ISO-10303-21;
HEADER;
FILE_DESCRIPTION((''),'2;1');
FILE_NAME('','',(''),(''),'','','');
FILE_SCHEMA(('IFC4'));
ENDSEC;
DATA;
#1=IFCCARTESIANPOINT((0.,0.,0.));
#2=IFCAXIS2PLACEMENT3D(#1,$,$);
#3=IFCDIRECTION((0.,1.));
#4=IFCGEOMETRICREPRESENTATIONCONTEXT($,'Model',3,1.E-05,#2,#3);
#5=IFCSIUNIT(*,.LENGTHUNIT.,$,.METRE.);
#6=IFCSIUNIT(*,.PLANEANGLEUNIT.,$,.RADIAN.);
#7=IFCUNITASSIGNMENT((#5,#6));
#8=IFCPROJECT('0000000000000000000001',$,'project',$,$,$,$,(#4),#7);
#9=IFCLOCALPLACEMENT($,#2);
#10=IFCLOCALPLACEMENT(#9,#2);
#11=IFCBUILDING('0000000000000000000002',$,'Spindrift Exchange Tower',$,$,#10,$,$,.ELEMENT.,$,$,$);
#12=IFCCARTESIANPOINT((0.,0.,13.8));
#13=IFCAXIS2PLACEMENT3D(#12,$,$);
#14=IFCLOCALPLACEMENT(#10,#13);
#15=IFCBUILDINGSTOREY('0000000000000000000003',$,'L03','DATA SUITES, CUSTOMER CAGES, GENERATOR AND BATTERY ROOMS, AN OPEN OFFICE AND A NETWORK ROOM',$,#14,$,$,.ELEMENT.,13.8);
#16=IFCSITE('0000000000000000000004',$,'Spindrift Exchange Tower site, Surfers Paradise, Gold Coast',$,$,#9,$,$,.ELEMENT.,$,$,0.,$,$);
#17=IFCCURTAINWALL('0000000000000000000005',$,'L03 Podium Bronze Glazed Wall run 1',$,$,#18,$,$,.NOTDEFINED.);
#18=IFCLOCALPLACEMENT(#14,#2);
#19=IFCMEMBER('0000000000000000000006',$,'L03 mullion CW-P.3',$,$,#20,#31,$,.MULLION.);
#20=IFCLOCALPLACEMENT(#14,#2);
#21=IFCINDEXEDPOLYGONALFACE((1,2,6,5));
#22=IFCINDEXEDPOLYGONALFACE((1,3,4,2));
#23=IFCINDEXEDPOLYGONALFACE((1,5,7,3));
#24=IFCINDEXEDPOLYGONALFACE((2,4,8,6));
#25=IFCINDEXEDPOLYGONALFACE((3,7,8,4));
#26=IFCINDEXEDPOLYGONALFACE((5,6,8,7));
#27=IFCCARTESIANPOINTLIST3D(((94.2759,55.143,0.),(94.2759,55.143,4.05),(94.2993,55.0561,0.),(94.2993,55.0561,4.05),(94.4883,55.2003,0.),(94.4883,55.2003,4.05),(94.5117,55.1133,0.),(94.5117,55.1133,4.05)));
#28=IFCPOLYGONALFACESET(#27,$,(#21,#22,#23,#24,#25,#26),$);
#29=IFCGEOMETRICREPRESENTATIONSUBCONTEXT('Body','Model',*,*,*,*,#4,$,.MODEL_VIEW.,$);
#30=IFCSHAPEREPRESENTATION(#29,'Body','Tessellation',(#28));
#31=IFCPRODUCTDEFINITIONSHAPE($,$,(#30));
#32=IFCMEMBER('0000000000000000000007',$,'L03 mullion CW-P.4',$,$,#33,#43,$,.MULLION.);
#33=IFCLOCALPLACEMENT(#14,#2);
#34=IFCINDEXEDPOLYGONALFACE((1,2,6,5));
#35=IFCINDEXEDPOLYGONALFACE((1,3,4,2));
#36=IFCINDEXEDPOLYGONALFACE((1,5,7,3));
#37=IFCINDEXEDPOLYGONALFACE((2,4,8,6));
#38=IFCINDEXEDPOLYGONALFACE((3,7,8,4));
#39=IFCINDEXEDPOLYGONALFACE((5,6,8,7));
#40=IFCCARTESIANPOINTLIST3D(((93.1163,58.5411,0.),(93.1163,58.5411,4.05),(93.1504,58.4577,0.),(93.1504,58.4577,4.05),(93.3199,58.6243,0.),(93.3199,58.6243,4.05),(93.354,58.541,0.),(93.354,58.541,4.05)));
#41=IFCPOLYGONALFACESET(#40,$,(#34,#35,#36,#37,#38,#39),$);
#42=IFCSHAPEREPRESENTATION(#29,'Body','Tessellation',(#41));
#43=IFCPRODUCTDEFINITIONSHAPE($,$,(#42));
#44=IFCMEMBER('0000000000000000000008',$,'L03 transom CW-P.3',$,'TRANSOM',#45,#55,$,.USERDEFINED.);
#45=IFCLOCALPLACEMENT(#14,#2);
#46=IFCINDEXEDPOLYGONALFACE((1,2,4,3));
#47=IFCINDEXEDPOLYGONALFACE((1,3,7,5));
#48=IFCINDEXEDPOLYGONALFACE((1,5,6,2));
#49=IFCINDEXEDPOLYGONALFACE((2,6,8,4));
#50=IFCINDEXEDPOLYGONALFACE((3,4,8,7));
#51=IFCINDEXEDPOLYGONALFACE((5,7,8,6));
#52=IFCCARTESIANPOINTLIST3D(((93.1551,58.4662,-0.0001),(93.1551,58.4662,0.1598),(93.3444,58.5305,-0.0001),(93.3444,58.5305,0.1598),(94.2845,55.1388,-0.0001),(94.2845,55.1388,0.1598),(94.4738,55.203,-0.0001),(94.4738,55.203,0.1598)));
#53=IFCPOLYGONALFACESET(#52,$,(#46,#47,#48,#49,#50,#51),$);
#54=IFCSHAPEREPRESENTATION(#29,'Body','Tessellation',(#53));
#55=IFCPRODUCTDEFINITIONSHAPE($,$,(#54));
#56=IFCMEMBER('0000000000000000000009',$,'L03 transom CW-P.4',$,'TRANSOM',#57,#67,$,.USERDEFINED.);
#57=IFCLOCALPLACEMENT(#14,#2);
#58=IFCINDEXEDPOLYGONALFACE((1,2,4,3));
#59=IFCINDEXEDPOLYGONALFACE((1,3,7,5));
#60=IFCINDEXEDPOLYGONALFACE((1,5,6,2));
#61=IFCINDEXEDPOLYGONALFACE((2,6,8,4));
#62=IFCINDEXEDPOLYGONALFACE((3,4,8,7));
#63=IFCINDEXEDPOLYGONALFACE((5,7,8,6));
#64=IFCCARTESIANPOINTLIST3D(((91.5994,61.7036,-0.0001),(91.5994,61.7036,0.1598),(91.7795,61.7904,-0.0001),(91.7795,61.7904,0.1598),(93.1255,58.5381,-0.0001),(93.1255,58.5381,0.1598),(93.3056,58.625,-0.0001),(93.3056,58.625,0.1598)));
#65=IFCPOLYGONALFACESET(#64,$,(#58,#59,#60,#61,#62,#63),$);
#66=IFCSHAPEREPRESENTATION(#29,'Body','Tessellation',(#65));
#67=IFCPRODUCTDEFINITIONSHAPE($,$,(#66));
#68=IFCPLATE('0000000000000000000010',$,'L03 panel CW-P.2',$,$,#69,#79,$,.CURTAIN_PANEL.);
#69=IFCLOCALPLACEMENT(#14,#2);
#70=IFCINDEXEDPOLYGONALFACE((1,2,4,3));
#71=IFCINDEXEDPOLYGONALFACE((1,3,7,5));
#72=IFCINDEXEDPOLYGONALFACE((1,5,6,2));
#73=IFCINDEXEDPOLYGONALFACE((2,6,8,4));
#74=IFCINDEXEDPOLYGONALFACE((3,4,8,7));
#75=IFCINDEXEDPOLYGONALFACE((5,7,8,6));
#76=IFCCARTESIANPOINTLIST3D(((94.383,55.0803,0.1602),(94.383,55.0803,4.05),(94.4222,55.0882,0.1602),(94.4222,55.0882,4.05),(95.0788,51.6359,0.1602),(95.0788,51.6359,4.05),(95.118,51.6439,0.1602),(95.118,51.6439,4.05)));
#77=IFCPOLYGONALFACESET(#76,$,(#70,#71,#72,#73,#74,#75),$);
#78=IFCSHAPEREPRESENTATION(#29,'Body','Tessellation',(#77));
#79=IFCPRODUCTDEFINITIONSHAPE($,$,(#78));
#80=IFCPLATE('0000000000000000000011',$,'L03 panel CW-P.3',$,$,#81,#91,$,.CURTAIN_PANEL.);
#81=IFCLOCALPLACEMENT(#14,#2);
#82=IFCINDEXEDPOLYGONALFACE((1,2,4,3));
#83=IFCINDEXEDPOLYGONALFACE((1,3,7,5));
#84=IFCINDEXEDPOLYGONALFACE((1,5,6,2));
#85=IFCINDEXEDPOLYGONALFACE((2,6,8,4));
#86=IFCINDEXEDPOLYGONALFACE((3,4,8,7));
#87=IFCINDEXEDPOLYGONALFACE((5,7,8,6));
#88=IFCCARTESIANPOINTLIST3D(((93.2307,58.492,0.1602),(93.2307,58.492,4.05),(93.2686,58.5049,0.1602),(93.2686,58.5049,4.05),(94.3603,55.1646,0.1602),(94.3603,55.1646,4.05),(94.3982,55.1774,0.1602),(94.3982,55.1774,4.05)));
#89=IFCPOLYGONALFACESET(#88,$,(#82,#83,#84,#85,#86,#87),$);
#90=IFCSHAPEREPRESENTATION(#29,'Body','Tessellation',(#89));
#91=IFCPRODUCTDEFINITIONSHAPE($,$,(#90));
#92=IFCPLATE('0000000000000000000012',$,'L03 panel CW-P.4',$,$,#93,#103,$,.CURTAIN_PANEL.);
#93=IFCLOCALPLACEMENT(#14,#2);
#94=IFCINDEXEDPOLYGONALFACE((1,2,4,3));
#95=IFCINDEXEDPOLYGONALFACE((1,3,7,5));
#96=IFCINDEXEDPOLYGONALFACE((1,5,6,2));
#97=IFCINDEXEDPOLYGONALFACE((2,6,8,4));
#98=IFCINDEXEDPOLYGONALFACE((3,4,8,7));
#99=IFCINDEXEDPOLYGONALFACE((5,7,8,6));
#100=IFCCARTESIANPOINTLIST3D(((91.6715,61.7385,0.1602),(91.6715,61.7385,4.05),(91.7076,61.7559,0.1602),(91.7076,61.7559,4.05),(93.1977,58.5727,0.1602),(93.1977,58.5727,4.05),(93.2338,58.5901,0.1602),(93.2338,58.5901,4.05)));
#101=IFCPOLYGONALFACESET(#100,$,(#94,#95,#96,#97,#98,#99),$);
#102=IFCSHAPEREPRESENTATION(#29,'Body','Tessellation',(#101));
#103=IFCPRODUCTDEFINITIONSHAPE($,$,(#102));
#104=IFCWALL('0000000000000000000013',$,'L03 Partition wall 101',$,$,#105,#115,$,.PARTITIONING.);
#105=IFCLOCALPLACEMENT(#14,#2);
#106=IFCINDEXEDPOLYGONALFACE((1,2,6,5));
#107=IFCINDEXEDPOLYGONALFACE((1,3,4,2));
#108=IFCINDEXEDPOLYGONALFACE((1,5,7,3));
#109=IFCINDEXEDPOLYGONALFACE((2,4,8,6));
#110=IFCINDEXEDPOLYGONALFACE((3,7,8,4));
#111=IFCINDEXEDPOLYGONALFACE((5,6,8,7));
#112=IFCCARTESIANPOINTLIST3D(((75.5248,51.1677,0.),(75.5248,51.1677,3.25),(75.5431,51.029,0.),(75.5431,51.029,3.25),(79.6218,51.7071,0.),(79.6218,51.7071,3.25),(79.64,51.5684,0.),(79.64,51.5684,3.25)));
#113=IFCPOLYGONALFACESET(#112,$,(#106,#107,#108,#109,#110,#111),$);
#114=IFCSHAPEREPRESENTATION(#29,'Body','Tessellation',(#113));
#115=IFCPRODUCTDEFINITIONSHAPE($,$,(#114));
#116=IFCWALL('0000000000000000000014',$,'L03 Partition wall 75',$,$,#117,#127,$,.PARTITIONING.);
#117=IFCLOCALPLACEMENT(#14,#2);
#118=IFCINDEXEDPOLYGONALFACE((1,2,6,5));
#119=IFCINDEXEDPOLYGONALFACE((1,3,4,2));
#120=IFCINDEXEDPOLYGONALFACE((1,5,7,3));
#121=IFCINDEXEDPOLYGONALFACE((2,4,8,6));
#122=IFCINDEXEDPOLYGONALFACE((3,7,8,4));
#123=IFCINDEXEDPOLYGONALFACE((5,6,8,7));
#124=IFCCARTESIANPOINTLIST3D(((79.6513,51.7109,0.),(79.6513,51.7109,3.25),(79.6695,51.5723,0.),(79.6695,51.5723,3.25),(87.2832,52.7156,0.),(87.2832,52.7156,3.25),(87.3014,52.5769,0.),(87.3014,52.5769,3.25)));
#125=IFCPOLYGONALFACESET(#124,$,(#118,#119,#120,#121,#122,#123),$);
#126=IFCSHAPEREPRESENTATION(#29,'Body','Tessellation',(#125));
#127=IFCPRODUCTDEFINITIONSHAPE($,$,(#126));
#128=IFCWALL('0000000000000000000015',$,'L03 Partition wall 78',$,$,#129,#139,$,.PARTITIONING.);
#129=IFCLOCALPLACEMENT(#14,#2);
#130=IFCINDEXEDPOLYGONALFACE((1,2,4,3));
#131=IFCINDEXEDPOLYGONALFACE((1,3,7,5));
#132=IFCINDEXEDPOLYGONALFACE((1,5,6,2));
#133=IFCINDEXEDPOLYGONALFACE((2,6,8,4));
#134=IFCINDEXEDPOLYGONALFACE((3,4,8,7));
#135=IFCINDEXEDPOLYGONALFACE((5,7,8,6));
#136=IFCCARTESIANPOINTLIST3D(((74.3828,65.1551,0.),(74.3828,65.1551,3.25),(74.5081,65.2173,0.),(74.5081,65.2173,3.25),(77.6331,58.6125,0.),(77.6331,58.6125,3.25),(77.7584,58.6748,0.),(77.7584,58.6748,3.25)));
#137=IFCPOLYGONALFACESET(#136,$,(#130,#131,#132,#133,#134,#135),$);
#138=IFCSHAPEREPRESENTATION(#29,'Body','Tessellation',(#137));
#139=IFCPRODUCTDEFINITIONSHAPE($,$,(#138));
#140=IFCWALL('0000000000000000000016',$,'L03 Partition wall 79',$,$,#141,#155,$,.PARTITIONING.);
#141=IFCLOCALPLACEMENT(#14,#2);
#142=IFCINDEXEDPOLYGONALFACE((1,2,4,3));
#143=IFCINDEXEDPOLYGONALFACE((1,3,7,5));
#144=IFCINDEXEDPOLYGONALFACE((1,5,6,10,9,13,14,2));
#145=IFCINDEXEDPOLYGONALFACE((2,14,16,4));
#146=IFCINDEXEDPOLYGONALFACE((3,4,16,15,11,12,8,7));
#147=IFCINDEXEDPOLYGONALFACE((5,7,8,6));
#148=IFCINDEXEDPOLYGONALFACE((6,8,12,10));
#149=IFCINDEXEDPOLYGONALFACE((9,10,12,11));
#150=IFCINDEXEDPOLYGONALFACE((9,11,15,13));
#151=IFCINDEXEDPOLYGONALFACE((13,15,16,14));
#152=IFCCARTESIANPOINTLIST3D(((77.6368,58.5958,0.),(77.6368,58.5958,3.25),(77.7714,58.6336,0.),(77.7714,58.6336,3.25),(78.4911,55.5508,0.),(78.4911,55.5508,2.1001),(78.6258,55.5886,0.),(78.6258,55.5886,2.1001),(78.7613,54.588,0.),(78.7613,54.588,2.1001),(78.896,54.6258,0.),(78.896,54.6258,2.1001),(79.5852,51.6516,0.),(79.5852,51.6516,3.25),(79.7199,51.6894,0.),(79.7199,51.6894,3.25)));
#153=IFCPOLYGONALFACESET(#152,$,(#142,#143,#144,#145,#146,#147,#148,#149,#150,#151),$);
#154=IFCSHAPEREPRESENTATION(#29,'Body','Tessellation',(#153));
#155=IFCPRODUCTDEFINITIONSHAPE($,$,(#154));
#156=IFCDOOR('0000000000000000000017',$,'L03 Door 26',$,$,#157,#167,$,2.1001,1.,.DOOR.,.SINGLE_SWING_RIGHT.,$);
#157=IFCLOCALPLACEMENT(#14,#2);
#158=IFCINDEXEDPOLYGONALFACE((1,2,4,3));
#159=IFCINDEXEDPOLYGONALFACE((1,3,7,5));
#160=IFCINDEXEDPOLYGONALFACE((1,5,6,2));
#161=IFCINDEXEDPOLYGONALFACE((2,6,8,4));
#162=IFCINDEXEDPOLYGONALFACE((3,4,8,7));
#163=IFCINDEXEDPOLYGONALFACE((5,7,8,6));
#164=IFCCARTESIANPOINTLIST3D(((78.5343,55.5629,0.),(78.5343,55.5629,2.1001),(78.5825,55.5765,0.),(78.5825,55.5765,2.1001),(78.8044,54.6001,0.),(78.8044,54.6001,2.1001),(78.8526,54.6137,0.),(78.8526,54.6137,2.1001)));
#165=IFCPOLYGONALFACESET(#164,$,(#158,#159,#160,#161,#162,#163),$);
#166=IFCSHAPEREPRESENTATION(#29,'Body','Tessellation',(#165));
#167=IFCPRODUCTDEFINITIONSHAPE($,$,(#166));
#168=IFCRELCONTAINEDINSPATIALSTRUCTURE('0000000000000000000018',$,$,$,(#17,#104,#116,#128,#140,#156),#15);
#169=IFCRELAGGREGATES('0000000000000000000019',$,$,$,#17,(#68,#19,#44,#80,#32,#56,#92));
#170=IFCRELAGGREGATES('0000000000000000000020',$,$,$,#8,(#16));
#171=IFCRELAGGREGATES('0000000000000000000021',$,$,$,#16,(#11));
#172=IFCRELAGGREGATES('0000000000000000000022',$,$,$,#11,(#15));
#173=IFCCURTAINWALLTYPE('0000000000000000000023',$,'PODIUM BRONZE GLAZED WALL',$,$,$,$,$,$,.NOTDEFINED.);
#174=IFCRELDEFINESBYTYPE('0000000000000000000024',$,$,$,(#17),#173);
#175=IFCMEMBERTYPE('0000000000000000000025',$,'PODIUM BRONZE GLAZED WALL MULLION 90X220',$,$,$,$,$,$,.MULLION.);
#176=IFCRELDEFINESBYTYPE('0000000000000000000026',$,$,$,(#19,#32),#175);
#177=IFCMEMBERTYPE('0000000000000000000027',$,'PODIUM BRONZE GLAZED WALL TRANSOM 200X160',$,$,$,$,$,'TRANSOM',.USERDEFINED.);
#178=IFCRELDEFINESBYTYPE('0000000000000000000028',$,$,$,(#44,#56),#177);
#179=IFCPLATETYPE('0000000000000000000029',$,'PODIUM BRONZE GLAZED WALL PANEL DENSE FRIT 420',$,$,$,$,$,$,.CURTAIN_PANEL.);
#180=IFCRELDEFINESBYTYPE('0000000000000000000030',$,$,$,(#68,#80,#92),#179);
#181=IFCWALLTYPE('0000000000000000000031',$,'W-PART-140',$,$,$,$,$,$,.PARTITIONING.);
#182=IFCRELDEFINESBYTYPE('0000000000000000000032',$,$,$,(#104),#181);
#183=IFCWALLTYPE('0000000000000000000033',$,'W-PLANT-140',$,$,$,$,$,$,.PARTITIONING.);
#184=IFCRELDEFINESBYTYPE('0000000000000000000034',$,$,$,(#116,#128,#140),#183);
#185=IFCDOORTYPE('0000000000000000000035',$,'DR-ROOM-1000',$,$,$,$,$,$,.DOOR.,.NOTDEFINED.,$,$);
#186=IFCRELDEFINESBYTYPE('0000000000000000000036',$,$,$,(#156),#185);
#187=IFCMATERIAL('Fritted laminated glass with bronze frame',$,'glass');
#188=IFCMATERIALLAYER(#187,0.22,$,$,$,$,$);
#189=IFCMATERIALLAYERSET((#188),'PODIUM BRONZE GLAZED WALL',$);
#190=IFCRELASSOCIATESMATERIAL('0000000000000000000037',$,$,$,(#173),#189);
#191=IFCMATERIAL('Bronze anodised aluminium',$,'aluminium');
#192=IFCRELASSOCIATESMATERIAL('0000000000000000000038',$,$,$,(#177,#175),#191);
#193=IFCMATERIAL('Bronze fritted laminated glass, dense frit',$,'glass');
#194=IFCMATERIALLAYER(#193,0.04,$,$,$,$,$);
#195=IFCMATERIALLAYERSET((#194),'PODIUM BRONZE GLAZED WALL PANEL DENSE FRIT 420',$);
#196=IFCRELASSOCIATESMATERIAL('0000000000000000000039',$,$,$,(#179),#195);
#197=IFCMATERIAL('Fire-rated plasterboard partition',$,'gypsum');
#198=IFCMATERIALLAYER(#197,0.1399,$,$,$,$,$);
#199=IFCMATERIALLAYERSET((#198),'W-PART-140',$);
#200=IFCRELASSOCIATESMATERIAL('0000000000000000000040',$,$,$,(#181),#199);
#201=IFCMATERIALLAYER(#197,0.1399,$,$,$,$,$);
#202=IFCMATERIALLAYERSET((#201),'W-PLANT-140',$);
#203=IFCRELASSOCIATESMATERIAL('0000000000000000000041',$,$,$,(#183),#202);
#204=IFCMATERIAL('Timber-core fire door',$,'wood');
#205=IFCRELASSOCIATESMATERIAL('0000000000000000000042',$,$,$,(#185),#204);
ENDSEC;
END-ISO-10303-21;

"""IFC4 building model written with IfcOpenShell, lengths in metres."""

from ifc_helpers import new_model, si_unit, direction, frame, frame_2d, origin, origin_2d, place, context, subcontext, project, spatial, rectangle, extrude, source, transform, mapped, material, layer, layer_set, material_profile, profile_set, type_object, element, fill, aggregate, save


model = new_model("IFC4")

# Units and contexts
model_context = context("Model", 3, precision=1e-05, world=origin(), true_north=direction((0.0, 1.0)))
body_context = subcontext(model_context, "Body", "Model", "MODEL_VIEW")
ifc_project = project(units=[si_unit("LENGTHUNIT", "METRE"), si_unit("PLANEANGLEUNIT", "RADIAN")], contexts=[model_context])

# Site, building, storey
site_placement = place(None, origin())
site = spatial("IfcSite", under=ifc_project, at=site_placement, Name="Spindrift Exchange Tower site, Surfers Paradise, Gold Coast", CompositionType="ELEMENT", RefElevation=0.0)
building_placement = place(site_placement, origin())
building = spatial("IfcBuilding", under=site, at=building_placement, Name="Spindrift Exchange Tower", CompositionType="ELEMENT")
storey_placement = place(building_placement, frame((0.0, 0.0, 13.8)))
storey = spatial("IfcBuildingStorey", under=building, at=storey_placement, Name="L03", Description="DATA SUITES, CUSTOMER CAGES, GENERATOR AND BATTERY ROOMS, AN OPEN OFFICE AND A NETWORK ROOM", CompositionType="ELEMENT", Elevation=13.8)

# Curtain wall, members, plates
ifc_material_1 = material(Name="Fritted laminated glass with bronze frame", Category="glass")
ifc_layer_1 = layer(ifc_material_1, 0.22)
ifc_layer_set_1 = layer_set([ifc_layer_1], Name="PODIUM BRONZE GLAZED WALL")
curtain_wall_type = type_object("IfcCurtainWallType", Name="PODIUM BRONZE GLAZED WALL", PredefinedType="NOTDEFINED", material=ifc_layer_set_1)
curtain_wall_placement = place(storey_placement, origin())
curtain_wall = element("IfcCurtainWall", 1, at=curtain_wall_placement, inside=storey, type_object=curtain_wall_type, Name="L03 Podium Bronze Glazed Wall run 1", PredefinedType="NOTDEFINED")
ifc_material_2 = material(Name="Bronze anodised aluminium", Category="aluminium")
ifc_material_profile_1 = material_profile(ifc_material_2, rectangle(XDim=0.2, YDim=0.1599, at=origin_2d()), Name="PODIUM BRONZE GLAZED WALL TRANSOM 200X160")
ifc_profile_set_1 = profile_set([ifc_material_profile_1], Name="Bronze anodised aluminium")
member_type_1 = type_object("IfcMemberType", Name="PODIUM BRONZE GLAZED WALL TRANSOM 200X160", ElementType="TRANSOM", PredefinedType="USERDEFINED", material=ifc_profile_set_1)
ifc_material_profile_2 = material_profile(ifc_material_2, rectangle(XDim=0.0901, YDim=0.22, at=origin_2d()), Name="PODIUM BRONZE GLAZED WALL MULLION 90X220")
ifc_profile_set_2 = profile_set([ifc_material_profile_2], Name="Bronze anodised aluminium")
member_type_2 = type_object("IfcMemberType", Name="PODIUM BRONZE GLAZED WALL MULLION 90X220", PredefinedType="MULLION", material=ifc_profile_set_2)
shared_shape_1 = source(origin(), body_context, "Body", "SweptSolid", [
    extrude(rectangle(XDim=0.0901, YDim=0.22, at=origin_2d()), origin(), (0.0, 0.0, 1.0), 4.05),
])
member_1_placement = place(storey_placement, frame((94.3938, 55.1282, 0.0), z_axis=(0.0, 0.0, 1.0), x_axis=(-0.260263, 0.965538, 0.0)))
member_1 = element("IfcMember", 2, at=member_1_placement, type_object=member_type_2, Name="L03 mullion CW-P.3", PredefinedType="MULLION", context=body_context, shape_type="MappedRepresentation", body=[
    mapped(shared_shape_1, transform((0.0, 0.0, 0.0), scale=1.0)),
])
member_2_placement = place(storey_placement, frame((93.2351, 58.541, 0.0), z_axis=(0.0, 0.0, 1.0), x_axis=(-0.378559, 0.925577, 0.0)))
member_2 = element("IfcMember", 3, at=member_2_placement, type_object=member_type_2, Name="L03 mullion CW-P.4", PredefinedType="MULLION", context=body_context, shape_type="MappedRepresentation", body=[
    mapped(shared_shape_1, transform((0.0, 0.0, 0.0), scale=1.0)),
])
shared_shape_2 = source(origin(), body_context, "Body", "SweptSolid", [
    extrude(rectangle(XDim=0.2, YDim=0.1599, at=origin_2d()), origin(), (0.0, 0.0, 1.0), 3.5139),
])
member_3_placement = place(storey_placement, frame((94.3792, 55.1709, 0.0798), z_axis=(-0.321413, 0.946939, 0.0), x_axis=(-0.946939, -0.321413, 0.0)))
member_3 = element("IfcMember", 4, at=member_3_placement, type_object=member_type_1, Name="L03 transom CW-P.3", ObjectType="TRANSOM", PredefinedType="USERDEFINED", context=body_context, shape_type="MappedRepresentation", body=[
    mapped(shared_shape_2, transform((0.0, 0.0, 0.0), scale=1.0)),
])
shared_shape_3 = source(origin(), body_context, "Body", "SweptSolid", [
    extrude(rectangle(XDim=0.2, YDim=0.1599, at=origin_2d()), origin(), (0.0, 0.0, 1.0), 3.5142),
])
member_4_placement = place(storey_placement, frame((93.2156, 58.5815, 0.0798), z_axis=(-0.434273, 0.900781, 0.0), x_axis=(-0.900781, -0.434273, 0.0)))
member_4 = element("IfcMember", 5, at=member_4_placement, type_object=member_type_1, Name="L03 transom CW-P.4", ObjectType="TRANSOM", PredefinedType="USERDEFINED", context=body_context, shape_type="MappedRepresentation", body=[
    mapped(shared_shape_3, transform((0.0, 0.0, 0.0), scale=1.0)),
])
ifc_material_3 = material(Name="Bronze fritted laminated glass, dense frit", Category="glass")
ifc_layer_2 = layer(ifc_material_3, 0.04)
ifc_layer_set_2 = layer_set([ifc_layer_2], Name="PODIUM BRONZE GLAZED WALL PANEL DENSE FRIT 420")
plate_type = type_object("IfcPlateType", Name="PODIUM BRONZE GLAZED WALL PANEL DENSE FRIT 420", PredefinedType="CURTAIN_PANEL", material=ifc_layer_set_2)
shared_shape_4 = source(origin(), body_context, "Body", "SweptSolid", [
    extrude(rectangle(XDim=3.5139, YDim=0.04, at=origin_2d()), origin(), (0.0, 0.0, 1.0), 3.8899),
])
plate_1_placement = place(storey_placement, frame((94.7505, 53.3621, 0.1602), z_axis=(0.0, 0.0, 1.0), x_axis=(-0.19801, 0.9802, 0.0)))
plate_1 = element("IfcPlate", 6, at=plate_1_placement, type_object=plate_type, Name="L03 panel CW-P.2", PredefinedType="CURTAIN_PANEL", context=body_context, shape_type="MappedRepresentation", body=[
    mapped(shared_shape_4, transform((0.0, 0.0, 0.0), scale=1.0)),
])
plate_2_placement = place(storey_placement, frame((93.8145, 56.8347, 0.1602), z_axis=(0.0, 0.0, 1.0), x_axis=(-0.321451, 0.946926, 0.0)))
plate_2 = element("IfcPlate", 7, at=plate_2_placement, type_object=plate_type, Name="L03 panel CW-P.3", PredefinedType="CURTAIN_PANEL", context=body_context, shape_type="MappedRepresentation", body=[
    mapped(shared_shape_4, transform((0.0, 0.0, 0.0), scale=1.0)),
])
shared_shape_5 = source(origin(), body_context, "Body", "SweptSolid", [
    extrude(rectangle(XDim=3.5144, YDim=0.04, at=origin_2d()), origin(), (0.0, 0.0, 1.0), 3.8899),
])
plate_3_placement = place(storey_placement, frame((92.4526, 60.1643, 0.1602), z_axis=(0.0, 0.0, 1.0), x_axis=(-0.43426, 0.900788, 0.0)))
plate_3 = element("IfcPlate", 8, at=plate_3_placement, type_object=plate_type, Name="L03 panel CW-P.4", PredefinedType="CURTAIN_PANEL", context=body_context, shape_type="MappedRepresentation", body=[
    mapped(shared_shape_5, transform((0.0, 0.0, 0.0), scale=1.0)),
])
aggregate(curtain_wall, [plate_1, member_1, member_3, plate_2, member_2, member_4, plate_3])

# Walls
ifc_material_4 = material(Name="Fire-rated plasterboard partition", Category="gypsum")
ifc_layer_3 = layer(ifc_material_4, 0.1399)
ifc_layer_set_3 = layer_set([ifc_layer_3], Name="W-PART-140")
wall_type_1 = type_object("IfcWallType", Name="W-PART-140", PredefinedType="PARTITIONING", material=ifc_layer_set_3)
wall_1_placement = place(storey_placement, frame((75.5339, 51.0984, 0.0), z_axis=(0.0, 0.0, 1.0), x_axis=(0.991447, 0.130511, 0.0)))
element("IfcWall", 9, at=wall_1_placement, inside=storey, type_object=wall_type_1, Name="L03 Partition wall 101", PredefinedType="PARTITIONING", context=body_context, shape_type="SweptSolid", body=[
    extrude(rectangle(XDim=4.1323, YDim=0.1399, at=frame_2d((2.0662, 0.0))), origin(), (0.0, 0.0, 1.0), 3.25),
])
ifc_layer_4 = layer(ifc_material_4, 0.1399)
ifc_layer_set_4 = layer_set([ifc_layer_4], Name="W-PLANT-140")
wall_type_2 = type_object("IfcWallType", Name="W-PLANT-140", PredefinedType="PARTITIONING", material=ifc_layer_set_4)
wall_2_placement = place(storey_placement, frame((79.6604, 51.6416, 0.0), z_axis=(0.0, 0.0, 1.0), x_axis=(0.991447, 0.130512, 0.0)))
element("IfcWall", 10, at=wall_2_placement, inside=storey, type_object=wall_type_2, Name="L03 Partition wall 75", PredefinedType="PARTITIONING", context=body_context, shape_type="SweptSolid", body=[
    extrude(rectangle(XDim=7.6978, YDim=0.1399, at=frame_2d((3.8489, 0.0))), origin(), (0.0, 0.0, 1.0), 3.25),
])
wall_3_placement = place(storey_placement, frame((77.6958, 58.6436, 0.0), z_axis=(0.0, 0.0, 1.0), x_axis=(-0.444913, 0.895574, 0.0)))
element("IfcWall", 11, at=wall_3_placement, inside=storey, type_object=wall_type_2, Name="L03 Partition wall 78", PredefinedType="PARTITIONING", context=body_context, shape_type="SweptSolid", body=[
    extrude(rectangle(XDim=7.3054, YDim=0.1399, at=frame_2d((3.6528, 0.0))), origin(), (0.0, 0.0, 1.0), 3.25),
])

# Wall, opening, door
wall_4_placement = place(storey_placement, frame((77.7041, 58.6147, 0.0), z_axis=(0.0, 0.0, 1.0), x_axis=(0.270153, -0.962817, 0.0)))
wall_4 = element("IfcWall", 12, at=wall_4_placement, inside=storey, type_object=wall_type_2, Name="L03 Partition wall 79", PredefinedType="PARTITIONING", context=body_context, shape_type="SweptSolid", body=[
    extrude(rectangle(XDim=7.2124, YDim=0.1399, at=frame_2d((3.6062, 0.0))), origin(), (0.0, 0.0, 1.0), 3.25),
])
opening_1_placement = place(wall_4_placement, frame((3.1626, 0.0, 0.0)))
opening_1 = element("IfcOpeningElement", 13, at=opening_1_placement, cuts=wall_4, PredefinedType="OPENING", context=body_context, shape_type="SweptSolid", body=[
    extrude(rectangle(XDim=1.0, YDim=2.1001, at=frame_2d((0.5, 1.05))), frame((0.0, 0.0798, 0.0), z_axis=(0.0, -1.0, 0.0), x_axis=(1.0, 0.0, 0.0)), (0.0, 0.0, 1.0), 0.1599),
])
ifc_material_5 = material(Name="Timber-core fire door", Category="wood")
door_type_1 = type_object("IfcDoorType", Name="DR-ROOM-1000", OperationType="NOTDEFINED", PredefinedType="DOOR", material=ifc_material_5)
shared_shape_6 = source(origin(), body_context, "Body", "SweptSolid", [
    extrude(rectangle(XDim=1.0, YDim=2.1001, at=frame_2d((0.5, 1.05))), frame((0.0, 0.0249, 0.0), z_axis=(0.0, -1.0, 0.0), x_axis=(1.0, 0.0, 0.0)), (0.0, 0.0, 1.0), 0.05),
])
door_1_placement = place(opening_1_placement, origin())
door_1 = element("IfcDoor", 14, at=door_1_placement, inside=storey, type_object=door_type_1, Name="L03 Door 26", OperationType="SINGLE_SWING_RIGHT", OverallHeight=2.1001, OverallWidth=1.0, PredefinedType="DOOR", context=body_context, shape_type="MappedRepresentation", body=[
    mapped(shared_shape_6, transform((0.0, 0.0, 0.0), scale=1.0)),
])
fill(opening_1, door_1)

save(model, "model.ifc")
